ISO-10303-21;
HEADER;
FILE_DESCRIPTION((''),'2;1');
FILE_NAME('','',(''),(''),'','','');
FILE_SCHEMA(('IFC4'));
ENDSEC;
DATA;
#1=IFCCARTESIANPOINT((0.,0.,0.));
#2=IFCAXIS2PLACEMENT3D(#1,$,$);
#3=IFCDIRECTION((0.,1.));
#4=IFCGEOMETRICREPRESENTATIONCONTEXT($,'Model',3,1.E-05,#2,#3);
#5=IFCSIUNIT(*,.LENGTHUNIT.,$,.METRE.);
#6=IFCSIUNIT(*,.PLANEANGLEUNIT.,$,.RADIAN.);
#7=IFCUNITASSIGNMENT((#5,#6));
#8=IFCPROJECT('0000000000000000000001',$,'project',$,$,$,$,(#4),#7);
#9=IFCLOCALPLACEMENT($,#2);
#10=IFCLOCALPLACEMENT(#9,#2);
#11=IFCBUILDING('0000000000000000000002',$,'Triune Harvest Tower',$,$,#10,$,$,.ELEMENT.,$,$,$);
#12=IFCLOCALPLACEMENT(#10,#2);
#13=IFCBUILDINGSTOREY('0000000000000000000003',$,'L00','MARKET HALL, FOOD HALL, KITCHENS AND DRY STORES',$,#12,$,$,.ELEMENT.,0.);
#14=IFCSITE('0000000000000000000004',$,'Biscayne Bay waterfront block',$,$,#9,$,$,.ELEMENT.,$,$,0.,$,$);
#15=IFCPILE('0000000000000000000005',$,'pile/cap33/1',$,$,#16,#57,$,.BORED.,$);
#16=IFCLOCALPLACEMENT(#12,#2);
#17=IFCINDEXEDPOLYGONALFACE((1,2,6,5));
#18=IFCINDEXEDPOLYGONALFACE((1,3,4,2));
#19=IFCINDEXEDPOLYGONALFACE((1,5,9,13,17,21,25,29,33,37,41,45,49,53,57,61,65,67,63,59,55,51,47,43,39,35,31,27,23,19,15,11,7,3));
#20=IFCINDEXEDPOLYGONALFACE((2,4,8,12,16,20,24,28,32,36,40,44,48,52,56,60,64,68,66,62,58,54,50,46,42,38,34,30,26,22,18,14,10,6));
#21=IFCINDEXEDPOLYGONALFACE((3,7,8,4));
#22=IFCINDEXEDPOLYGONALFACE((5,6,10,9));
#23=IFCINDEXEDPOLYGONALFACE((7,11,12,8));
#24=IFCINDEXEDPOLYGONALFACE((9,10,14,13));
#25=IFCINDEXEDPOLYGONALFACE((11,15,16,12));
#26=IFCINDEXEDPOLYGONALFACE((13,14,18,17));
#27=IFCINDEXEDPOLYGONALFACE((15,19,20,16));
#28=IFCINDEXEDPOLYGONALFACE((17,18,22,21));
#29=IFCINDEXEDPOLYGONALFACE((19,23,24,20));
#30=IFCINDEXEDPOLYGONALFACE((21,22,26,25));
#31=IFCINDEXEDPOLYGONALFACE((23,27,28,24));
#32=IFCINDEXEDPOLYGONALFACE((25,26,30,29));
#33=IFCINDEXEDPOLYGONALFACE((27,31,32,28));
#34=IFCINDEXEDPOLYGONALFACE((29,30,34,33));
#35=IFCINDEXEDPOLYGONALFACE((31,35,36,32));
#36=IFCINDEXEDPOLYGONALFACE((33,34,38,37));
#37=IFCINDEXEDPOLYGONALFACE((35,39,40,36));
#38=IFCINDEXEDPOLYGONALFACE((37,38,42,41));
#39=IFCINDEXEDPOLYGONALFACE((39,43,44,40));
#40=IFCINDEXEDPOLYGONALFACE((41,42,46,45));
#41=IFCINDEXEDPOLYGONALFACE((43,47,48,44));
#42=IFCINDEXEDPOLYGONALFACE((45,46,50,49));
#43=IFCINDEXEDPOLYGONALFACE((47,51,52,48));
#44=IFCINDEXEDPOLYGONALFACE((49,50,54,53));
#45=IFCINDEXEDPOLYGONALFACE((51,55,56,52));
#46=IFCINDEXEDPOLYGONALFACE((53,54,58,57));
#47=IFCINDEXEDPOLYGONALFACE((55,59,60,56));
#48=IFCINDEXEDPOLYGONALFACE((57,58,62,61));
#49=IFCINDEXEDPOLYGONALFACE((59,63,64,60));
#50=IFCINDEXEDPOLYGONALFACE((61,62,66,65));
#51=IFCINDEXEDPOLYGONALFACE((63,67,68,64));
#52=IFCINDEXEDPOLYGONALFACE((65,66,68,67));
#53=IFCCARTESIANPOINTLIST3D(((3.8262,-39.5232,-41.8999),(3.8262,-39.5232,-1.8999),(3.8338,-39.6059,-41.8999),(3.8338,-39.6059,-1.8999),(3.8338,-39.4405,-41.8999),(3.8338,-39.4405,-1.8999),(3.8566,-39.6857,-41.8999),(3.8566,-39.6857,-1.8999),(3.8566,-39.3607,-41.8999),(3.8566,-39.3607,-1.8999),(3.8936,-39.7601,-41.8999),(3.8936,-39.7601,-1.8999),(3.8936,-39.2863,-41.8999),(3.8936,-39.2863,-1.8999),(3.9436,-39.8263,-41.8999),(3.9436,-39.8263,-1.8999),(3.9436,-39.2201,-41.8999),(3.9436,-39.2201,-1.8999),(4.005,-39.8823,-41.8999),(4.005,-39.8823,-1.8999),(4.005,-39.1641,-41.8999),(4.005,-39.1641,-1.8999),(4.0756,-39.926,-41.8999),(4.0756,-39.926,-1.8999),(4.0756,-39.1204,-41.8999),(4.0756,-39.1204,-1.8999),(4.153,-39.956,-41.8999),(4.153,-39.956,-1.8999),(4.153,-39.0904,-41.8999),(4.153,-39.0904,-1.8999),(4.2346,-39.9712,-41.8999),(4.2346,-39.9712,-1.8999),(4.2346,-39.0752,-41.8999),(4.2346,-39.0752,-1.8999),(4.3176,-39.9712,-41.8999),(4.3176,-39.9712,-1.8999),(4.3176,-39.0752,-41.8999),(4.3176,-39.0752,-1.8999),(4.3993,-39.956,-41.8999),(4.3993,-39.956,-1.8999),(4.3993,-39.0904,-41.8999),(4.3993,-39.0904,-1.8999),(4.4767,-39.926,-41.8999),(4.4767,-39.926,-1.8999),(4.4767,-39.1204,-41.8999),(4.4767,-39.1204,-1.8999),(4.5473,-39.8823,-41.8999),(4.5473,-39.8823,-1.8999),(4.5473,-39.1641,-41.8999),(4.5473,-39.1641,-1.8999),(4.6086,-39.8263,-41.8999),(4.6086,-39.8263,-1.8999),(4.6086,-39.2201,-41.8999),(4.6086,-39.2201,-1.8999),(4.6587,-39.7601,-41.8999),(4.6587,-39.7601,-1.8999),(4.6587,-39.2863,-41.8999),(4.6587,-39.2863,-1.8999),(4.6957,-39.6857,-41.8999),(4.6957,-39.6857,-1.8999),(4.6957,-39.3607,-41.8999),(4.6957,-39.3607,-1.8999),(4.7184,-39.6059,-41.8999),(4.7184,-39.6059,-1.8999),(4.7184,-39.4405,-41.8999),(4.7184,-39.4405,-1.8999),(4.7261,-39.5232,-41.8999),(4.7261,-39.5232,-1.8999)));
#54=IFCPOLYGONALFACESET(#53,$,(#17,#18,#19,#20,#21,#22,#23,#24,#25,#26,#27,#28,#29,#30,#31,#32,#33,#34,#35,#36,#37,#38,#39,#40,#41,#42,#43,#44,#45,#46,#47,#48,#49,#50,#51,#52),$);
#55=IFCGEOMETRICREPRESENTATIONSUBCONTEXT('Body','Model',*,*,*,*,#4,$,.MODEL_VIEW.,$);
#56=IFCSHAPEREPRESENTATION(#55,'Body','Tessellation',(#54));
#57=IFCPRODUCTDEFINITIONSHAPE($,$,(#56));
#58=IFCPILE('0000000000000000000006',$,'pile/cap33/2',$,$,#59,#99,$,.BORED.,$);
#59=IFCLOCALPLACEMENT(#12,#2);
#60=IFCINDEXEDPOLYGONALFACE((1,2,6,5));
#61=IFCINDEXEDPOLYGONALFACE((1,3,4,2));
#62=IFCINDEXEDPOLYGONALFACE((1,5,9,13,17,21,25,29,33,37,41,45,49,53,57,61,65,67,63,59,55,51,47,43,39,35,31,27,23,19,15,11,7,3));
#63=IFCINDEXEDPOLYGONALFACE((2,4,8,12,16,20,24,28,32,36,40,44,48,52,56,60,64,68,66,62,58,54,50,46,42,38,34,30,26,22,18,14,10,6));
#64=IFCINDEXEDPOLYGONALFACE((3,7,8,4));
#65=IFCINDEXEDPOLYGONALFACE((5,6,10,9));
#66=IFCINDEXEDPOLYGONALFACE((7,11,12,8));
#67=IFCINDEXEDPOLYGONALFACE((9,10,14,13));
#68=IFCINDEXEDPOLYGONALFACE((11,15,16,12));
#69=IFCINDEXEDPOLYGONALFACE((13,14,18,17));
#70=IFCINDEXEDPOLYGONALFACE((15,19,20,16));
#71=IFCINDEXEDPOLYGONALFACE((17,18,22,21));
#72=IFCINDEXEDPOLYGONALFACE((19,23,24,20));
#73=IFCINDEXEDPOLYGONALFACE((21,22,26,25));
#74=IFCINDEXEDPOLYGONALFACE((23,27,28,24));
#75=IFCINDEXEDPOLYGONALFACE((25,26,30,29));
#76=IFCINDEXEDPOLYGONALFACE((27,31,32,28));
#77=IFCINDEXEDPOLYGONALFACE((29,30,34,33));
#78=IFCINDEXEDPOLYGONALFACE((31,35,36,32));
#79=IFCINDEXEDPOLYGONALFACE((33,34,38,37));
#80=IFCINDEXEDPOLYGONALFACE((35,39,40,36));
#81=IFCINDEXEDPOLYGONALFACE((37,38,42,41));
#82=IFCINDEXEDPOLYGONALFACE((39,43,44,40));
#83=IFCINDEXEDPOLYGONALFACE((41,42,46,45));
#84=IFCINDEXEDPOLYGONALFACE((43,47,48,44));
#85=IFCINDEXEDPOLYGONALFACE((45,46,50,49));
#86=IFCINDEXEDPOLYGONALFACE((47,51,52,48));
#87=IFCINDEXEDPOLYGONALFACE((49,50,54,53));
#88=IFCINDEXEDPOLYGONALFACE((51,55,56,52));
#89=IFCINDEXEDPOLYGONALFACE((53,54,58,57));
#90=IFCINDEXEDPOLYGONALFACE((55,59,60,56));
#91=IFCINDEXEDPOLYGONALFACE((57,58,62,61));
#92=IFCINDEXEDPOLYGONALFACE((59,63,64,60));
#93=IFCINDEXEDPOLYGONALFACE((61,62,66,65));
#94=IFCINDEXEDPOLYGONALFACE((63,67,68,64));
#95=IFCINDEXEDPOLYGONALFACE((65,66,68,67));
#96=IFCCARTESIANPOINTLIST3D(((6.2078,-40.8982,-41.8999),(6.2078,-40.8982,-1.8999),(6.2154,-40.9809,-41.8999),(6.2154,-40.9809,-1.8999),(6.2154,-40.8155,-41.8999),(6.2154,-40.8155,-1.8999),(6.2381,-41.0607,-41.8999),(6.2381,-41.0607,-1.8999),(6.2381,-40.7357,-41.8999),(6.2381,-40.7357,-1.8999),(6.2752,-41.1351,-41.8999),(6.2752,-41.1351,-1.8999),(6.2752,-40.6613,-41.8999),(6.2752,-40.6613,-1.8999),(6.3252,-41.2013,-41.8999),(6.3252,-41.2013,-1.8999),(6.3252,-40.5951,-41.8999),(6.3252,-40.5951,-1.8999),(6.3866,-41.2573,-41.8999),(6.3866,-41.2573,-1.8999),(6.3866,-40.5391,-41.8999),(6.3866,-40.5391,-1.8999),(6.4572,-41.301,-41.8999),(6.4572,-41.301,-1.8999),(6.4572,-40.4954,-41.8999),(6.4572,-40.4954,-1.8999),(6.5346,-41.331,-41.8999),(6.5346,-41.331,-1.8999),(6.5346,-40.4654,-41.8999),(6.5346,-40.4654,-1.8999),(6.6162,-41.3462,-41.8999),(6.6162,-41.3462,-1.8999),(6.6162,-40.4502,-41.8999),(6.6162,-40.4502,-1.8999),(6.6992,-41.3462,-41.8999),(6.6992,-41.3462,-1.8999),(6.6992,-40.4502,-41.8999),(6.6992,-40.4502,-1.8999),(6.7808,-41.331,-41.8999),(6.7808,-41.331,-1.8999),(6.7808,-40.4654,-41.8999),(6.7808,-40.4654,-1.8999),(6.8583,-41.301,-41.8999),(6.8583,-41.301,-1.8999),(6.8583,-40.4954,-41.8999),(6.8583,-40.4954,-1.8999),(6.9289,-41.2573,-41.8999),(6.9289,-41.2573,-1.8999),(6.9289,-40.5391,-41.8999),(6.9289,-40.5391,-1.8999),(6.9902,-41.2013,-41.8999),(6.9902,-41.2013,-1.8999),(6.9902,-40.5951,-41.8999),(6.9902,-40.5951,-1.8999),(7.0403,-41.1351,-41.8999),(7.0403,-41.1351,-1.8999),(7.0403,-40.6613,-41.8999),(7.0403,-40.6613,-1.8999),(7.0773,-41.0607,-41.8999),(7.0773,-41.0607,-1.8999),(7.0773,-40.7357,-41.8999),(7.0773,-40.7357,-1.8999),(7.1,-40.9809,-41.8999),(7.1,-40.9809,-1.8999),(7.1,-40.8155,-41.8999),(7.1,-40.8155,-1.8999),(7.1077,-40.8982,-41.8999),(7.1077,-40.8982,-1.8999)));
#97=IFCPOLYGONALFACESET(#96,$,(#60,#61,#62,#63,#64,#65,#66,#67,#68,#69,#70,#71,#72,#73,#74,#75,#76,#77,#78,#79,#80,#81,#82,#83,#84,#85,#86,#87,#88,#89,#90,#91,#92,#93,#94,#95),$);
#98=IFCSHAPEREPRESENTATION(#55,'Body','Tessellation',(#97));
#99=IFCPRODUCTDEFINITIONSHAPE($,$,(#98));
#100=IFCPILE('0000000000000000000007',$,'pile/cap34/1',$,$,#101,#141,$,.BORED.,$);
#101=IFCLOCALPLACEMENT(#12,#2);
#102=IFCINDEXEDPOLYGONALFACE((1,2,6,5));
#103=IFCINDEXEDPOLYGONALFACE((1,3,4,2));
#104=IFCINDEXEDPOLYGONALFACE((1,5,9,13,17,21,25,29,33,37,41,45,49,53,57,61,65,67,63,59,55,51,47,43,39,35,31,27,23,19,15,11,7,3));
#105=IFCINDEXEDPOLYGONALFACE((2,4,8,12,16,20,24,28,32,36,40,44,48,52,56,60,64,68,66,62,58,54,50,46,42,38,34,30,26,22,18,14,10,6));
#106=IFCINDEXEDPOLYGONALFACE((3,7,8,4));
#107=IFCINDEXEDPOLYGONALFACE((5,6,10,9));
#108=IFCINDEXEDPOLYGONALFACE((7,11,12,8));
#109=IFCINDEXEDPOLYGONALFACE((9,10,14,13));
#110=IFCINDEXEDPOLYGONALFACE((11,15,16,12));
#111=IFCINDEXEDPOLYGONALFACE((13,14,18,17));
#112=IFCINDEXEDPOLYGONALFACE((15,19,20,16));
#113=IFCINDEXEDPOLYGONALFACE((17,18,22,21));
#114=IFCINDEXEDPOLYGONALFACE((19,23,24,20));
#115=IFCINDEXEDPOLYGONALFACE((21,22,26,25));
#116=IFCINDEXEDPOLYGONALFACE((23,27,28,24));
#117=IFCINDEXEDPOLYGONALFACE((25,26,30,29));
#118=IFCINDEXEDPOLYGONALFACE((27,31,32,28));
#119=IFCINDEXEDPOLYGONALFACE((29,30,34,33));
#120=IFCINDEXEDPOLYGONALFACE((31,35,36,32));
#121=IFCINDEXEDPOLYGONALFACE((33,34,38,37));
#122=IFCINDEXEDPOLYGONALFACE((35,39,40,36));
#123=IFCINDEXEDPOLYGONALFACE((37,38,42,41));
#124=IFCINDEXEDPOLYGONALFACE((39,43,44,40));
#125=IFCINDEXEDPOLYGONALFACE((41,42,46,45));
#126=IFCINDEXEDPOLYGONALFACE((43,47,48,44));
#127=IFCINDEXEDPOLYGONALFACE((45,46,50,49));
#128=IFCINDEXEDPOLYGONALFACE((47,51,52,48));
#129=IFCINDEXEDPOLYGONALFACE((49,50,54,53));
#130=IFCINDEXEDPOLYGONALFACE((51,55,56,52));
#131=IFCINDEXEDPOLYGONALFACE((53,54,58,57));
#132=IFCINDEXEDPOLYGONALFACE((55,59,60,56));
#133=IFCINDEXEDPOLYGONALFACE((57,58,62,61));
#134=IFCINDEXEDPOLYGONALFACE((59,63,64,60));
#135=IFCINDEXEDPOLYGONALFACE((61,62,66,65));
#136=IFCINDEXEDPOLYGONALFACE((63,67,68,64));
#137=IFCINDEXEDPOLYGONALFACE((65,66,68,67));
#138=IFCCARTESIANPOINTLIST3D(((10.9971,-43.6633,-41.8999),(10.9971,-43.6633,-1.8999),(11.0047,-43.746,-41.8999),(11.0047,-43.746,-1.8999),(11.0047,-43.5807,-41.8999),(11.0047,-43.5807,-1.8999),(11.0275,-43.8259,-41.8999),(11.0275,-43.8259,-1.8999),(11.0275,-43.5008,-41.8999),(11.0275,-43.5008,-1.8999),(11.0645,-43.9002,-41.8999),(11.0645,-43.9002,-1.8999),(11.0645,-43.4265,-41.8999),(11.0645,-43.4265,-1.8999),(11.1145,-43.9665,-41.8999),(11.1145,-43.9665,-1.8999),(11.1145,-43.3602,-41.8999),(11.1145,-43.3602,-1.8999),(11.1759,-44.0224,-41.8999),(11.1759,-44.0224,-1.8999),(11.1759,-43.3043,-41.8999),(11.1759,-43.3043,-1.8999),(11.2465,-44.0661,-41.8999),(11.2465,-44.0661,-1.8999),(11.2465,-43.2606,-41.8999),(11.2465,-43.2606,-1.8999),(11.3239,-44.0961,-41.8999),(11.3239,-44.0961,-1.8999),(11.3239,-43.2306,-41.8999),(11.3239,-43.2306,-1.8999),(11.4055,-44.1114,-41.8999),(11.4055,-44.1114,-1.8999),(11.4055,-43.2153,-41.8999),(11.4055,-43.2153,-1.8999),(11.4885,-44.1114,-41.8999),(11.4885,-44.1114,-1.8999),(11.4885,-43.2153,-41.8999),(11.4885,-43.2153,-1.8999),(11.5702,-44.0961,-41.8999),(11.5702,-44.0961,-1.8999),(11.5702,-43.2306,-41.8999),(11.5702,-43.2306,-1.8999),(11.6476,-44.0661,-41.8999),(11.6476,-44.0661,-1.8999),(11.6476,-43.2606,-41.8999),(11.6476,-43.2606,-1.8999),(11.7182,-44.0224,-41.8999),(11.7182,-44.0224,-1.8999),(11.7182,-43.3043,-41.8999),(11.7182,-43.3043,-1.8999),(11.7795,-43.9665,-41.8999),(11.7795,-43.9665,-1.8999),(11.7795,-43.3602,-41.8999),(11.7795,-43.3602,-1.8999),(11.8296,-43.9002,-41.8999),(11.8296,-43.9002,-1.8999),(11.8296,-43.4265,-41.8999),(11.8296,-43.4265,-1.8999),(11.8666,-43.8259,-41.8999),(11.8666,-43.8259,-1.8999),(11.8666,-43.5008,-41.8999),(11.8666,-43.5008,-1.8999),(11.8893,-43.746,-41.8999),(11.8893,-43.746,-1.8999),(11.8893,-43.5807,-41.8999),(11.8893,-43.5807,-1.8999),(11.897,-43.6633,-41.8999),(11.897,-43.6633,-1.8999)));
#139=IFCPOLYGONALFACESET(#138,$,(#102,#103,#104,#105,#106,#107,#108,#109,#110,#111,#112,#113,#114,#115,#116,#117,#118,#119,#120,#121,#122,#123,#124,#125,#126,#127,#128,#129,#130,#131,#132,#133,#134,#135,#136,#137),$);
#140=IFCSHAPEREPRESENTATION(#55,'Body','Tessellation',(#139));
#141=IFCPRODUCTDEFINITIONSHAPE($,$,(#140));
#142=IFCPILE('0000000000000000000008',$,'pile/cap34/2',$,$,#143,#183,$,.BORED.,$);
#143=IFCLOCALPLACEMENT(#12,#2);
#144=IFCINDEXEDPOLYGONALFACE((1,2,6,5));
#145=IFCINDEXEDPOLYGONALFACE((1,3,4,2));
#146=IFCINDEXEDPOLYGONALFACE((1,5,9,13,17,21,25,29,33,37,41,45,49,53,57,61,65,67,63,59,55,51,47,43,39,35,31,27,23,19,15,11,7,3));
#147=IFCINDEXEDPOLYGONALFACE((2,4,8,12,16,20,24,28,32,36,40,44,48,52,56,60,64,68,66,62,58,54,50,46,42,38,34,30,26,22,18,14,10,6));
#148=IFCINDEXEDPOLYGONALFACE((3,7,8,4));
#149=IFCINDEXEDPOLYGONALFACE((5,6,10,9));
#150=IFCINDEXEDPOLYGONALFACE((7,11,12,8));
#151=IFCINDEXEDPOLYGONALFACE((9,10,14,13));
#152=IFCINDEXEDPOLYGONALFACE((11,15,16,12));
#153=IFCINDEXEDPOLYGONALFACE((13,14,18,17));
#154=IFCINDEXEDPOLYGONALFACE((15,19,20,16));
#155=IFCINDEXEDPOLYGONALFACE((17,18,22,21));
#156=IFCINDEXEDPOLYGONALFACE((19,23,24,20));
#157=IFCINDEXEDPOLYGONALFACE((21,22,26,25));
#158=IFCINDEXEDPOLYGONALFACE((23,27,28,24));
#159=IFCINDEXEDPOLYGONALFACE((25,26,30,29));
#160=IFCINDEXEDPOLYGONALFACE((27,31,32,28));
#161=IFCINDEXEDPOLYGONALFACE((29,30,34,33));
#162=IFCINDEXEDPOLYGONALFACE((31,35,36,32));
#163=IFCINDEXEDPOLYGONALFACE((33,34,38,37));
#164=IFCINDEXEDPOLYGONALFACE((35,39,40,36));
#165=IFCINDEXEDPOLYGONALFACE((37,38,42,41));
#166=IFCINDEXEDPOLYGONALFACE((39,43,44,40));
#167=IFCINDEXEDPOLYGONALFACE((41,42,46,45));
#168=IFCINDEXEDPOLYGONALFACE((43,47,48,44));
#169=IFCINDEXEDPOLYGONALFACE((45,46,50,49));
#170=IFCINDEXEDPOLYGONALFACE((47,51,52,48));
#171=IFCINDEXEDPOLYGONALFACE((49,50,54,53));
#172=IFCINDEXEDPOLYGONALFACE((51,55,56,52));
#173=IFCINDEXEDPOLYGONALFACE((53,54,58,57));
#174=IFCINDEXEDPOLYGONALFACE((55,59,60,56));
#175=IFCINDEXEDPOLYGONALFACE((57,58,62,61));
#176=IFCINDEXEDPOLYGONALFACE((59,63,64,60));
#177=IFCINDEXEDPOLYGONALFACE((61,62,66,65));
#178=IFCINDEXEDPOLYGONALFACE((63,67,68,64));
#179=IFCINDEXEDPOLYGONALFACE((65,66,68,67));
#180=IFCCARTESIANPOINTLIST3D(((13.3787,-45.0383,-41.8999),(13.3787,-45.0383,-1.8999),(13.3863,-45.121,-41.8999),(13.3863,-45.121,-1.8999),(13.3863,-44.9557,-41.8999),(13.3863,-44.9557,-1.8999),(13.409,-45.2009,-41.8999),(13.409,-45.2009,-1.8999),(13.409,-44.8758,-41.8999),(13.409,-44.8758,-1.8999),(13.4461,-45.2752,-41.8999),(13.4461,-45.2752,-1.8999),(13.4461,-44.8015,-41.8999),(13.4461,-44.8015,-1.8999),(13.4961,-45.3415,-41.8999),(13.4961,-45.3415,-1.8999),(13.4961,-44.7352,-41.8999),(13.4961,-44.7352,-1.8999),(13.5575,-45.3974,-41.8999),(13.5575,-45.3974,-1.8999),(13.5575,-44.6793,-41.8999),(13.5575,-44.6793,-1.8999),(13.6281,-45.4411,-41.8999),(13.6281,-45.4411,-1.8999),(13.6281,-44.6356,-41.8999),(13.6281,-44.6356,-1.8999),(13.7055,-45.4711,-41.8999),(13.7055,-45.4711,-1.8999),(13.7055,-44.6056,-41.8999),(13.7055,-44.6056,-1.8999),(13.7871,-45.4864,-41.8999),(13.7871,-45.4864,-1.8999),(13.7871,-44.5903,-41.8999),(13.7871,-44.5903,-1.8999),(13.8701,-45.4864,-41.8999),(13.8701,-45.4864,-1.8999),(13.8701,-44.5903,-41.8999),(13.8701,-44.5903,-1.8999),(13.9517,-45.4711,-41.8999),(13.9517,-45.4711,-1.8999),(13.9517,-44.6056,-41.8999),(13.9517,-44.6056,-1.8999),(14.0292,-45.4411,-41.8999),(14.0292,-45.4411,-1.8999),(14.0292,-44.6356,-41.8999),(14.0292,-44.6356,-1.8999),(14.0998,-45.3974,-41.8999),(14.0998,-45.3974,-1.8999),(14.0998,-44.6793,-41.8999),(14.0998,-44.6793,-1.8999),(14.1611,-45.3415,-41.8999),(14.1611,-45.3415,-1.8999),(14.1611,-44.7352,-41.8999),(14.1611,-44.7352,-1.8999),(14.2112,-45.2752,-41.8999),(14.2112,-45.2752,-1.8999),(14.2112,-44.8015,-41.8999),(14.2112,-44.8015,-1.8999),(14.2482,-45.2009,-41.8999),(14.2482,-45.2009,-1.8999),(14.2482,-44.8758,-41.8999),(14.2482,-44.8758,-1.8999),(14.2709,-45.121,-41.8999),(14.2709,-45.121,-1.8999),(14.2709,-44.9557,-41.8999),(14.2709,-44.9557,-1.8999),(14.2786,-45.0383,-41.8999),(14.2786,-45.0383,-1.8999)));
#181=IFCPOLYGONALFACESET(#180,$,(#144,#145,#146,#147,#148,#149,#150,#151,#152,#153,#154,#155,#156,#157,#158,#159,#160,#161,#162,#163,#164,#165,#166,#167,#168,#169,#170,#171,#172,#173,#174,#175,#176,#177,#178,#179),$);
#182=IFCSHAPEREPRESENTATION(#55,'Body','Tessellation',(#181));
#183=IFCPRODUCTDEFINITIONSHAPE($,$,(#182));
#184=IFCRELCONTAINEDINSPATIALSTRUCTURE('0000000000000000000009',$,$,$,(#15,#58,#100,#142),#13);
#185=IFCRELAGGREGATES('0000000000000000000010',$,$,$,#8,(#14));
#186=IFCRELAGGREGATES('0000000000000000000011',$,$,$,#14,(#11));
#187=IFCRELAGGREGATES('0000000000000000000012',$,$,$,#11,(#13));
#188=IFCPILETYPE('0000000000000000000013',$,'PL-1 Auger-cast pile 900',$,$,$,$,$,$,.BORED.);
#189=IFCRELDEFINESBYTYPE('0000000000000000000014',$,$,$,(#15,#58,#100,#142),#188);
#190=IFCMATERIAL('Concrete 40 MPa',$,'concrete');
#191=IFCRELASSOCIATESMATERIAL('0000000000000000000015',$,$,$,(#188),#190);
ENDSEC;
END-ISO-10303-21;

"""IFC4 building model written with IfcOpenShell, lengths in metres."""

from ifc_helpers import new_model, si_unit, direction, frame, origin, origin_2d, place, context, subcontext, project, spatial, circle, extrude, source, transform, mapped, material, material_profile, profile_set, type_object, element, save


model = new_model("IFC4")

# Units and contexts
model_context = context("Model", 3, precision=1e-05, world=origin(), true_north=direction((0.0, 1.0)))
body_context = subcontext(model_context, "Body", "Model", "MODEL_VIEW")
ifc_project = project(units=[si_unit("LENGTHUNIT", "METRE"), si_unit("PLANEANGLEUNIT", "RADIAN")], contexts=[model_context])

# Site, building, storey
site_placement = place(None, origin())
site = spatial("IfcSite", under=ifc_project, at=site_placement, Name="Biscayne Bay waterfront block", CompositionType="ELEMENT", RefElevation=0.0)
building_placement = place(site_placement, origin())
building = spatial("IfcBuilding", under=site, at=building_placement, Name="Triune Harvest Tower", CompositionType="ELEMENT")
storey_placement = place(building_placement, origin())
storey = spatial("IfcBuildingStorey", under=building, at=storey_placement, Name="L00", Description="MARKET HALL, FOOD HALL, KITCHENS AND DRY STORES", CompositionType="ELEMENT", Elevation=0.0)

# Piles
ifc_material_1 = material(Name="Concrete 40 MPa", Category="concrete")
ifc_material_profile_1 = material_profile(ifc_material_1, circle(Radius=0.45, at=origin_2d()), Name="Bored 900")
ifc_profile_set_1 = profile_set([ifc_material_profile_1], Name="Concrete 40 MPa")
pile_type = type_object("IfcPileType", Name="PL-1 Auger-cast pile 900", PredefinedType="BORED", material=ifc_profile_set_1)
shared_shape_1 = source(origin(), body_context, "Body", "SweptSolid", [
    extrude(circle(Radius=0.45, at=origin_2d()), origin(), (0.0, 0.0, 1.0), 40.0),
])
for number, where, z_axis, x_axis, name in (
    (1, (4.2761, -39.5232, -1.8999), (0.0, 0.0, -1.0), (1.0, 0.0, 0.0), "pile/cap33/1"),
    (2, (6.6577, -40.8982, -1.8999), (0.0, 0.0, -1.0), (1.0, 0.0, 0.0), "pile/cap33/2"),
    (3, (11.447, -43.6633, -1.8999), (0.0, 0.0, -1.0), (1.0, 0.0, 0.0), "pile/cap34/1"),
    (4, (13.8286, -45.0383, -1.8999), (0.0, 0.0, -1.0), (1.0, 0.0, 0.0), "pile/cap34/2"),
):
    element("IfcPile", number, at=place(storey_placement, frame(where, z_axis=z_axis, x_axis=x_axis)), inside=storey, type_object=pile_type, Name=name, PredefinedType="BORED", context=body_context, shape_type="MappedRepresentation", body=[
        mapped(shared_shape_1, transform((0.0, 0.0, 0.0), scale=1.0)),
    ])

save(model, "model.ifc")
